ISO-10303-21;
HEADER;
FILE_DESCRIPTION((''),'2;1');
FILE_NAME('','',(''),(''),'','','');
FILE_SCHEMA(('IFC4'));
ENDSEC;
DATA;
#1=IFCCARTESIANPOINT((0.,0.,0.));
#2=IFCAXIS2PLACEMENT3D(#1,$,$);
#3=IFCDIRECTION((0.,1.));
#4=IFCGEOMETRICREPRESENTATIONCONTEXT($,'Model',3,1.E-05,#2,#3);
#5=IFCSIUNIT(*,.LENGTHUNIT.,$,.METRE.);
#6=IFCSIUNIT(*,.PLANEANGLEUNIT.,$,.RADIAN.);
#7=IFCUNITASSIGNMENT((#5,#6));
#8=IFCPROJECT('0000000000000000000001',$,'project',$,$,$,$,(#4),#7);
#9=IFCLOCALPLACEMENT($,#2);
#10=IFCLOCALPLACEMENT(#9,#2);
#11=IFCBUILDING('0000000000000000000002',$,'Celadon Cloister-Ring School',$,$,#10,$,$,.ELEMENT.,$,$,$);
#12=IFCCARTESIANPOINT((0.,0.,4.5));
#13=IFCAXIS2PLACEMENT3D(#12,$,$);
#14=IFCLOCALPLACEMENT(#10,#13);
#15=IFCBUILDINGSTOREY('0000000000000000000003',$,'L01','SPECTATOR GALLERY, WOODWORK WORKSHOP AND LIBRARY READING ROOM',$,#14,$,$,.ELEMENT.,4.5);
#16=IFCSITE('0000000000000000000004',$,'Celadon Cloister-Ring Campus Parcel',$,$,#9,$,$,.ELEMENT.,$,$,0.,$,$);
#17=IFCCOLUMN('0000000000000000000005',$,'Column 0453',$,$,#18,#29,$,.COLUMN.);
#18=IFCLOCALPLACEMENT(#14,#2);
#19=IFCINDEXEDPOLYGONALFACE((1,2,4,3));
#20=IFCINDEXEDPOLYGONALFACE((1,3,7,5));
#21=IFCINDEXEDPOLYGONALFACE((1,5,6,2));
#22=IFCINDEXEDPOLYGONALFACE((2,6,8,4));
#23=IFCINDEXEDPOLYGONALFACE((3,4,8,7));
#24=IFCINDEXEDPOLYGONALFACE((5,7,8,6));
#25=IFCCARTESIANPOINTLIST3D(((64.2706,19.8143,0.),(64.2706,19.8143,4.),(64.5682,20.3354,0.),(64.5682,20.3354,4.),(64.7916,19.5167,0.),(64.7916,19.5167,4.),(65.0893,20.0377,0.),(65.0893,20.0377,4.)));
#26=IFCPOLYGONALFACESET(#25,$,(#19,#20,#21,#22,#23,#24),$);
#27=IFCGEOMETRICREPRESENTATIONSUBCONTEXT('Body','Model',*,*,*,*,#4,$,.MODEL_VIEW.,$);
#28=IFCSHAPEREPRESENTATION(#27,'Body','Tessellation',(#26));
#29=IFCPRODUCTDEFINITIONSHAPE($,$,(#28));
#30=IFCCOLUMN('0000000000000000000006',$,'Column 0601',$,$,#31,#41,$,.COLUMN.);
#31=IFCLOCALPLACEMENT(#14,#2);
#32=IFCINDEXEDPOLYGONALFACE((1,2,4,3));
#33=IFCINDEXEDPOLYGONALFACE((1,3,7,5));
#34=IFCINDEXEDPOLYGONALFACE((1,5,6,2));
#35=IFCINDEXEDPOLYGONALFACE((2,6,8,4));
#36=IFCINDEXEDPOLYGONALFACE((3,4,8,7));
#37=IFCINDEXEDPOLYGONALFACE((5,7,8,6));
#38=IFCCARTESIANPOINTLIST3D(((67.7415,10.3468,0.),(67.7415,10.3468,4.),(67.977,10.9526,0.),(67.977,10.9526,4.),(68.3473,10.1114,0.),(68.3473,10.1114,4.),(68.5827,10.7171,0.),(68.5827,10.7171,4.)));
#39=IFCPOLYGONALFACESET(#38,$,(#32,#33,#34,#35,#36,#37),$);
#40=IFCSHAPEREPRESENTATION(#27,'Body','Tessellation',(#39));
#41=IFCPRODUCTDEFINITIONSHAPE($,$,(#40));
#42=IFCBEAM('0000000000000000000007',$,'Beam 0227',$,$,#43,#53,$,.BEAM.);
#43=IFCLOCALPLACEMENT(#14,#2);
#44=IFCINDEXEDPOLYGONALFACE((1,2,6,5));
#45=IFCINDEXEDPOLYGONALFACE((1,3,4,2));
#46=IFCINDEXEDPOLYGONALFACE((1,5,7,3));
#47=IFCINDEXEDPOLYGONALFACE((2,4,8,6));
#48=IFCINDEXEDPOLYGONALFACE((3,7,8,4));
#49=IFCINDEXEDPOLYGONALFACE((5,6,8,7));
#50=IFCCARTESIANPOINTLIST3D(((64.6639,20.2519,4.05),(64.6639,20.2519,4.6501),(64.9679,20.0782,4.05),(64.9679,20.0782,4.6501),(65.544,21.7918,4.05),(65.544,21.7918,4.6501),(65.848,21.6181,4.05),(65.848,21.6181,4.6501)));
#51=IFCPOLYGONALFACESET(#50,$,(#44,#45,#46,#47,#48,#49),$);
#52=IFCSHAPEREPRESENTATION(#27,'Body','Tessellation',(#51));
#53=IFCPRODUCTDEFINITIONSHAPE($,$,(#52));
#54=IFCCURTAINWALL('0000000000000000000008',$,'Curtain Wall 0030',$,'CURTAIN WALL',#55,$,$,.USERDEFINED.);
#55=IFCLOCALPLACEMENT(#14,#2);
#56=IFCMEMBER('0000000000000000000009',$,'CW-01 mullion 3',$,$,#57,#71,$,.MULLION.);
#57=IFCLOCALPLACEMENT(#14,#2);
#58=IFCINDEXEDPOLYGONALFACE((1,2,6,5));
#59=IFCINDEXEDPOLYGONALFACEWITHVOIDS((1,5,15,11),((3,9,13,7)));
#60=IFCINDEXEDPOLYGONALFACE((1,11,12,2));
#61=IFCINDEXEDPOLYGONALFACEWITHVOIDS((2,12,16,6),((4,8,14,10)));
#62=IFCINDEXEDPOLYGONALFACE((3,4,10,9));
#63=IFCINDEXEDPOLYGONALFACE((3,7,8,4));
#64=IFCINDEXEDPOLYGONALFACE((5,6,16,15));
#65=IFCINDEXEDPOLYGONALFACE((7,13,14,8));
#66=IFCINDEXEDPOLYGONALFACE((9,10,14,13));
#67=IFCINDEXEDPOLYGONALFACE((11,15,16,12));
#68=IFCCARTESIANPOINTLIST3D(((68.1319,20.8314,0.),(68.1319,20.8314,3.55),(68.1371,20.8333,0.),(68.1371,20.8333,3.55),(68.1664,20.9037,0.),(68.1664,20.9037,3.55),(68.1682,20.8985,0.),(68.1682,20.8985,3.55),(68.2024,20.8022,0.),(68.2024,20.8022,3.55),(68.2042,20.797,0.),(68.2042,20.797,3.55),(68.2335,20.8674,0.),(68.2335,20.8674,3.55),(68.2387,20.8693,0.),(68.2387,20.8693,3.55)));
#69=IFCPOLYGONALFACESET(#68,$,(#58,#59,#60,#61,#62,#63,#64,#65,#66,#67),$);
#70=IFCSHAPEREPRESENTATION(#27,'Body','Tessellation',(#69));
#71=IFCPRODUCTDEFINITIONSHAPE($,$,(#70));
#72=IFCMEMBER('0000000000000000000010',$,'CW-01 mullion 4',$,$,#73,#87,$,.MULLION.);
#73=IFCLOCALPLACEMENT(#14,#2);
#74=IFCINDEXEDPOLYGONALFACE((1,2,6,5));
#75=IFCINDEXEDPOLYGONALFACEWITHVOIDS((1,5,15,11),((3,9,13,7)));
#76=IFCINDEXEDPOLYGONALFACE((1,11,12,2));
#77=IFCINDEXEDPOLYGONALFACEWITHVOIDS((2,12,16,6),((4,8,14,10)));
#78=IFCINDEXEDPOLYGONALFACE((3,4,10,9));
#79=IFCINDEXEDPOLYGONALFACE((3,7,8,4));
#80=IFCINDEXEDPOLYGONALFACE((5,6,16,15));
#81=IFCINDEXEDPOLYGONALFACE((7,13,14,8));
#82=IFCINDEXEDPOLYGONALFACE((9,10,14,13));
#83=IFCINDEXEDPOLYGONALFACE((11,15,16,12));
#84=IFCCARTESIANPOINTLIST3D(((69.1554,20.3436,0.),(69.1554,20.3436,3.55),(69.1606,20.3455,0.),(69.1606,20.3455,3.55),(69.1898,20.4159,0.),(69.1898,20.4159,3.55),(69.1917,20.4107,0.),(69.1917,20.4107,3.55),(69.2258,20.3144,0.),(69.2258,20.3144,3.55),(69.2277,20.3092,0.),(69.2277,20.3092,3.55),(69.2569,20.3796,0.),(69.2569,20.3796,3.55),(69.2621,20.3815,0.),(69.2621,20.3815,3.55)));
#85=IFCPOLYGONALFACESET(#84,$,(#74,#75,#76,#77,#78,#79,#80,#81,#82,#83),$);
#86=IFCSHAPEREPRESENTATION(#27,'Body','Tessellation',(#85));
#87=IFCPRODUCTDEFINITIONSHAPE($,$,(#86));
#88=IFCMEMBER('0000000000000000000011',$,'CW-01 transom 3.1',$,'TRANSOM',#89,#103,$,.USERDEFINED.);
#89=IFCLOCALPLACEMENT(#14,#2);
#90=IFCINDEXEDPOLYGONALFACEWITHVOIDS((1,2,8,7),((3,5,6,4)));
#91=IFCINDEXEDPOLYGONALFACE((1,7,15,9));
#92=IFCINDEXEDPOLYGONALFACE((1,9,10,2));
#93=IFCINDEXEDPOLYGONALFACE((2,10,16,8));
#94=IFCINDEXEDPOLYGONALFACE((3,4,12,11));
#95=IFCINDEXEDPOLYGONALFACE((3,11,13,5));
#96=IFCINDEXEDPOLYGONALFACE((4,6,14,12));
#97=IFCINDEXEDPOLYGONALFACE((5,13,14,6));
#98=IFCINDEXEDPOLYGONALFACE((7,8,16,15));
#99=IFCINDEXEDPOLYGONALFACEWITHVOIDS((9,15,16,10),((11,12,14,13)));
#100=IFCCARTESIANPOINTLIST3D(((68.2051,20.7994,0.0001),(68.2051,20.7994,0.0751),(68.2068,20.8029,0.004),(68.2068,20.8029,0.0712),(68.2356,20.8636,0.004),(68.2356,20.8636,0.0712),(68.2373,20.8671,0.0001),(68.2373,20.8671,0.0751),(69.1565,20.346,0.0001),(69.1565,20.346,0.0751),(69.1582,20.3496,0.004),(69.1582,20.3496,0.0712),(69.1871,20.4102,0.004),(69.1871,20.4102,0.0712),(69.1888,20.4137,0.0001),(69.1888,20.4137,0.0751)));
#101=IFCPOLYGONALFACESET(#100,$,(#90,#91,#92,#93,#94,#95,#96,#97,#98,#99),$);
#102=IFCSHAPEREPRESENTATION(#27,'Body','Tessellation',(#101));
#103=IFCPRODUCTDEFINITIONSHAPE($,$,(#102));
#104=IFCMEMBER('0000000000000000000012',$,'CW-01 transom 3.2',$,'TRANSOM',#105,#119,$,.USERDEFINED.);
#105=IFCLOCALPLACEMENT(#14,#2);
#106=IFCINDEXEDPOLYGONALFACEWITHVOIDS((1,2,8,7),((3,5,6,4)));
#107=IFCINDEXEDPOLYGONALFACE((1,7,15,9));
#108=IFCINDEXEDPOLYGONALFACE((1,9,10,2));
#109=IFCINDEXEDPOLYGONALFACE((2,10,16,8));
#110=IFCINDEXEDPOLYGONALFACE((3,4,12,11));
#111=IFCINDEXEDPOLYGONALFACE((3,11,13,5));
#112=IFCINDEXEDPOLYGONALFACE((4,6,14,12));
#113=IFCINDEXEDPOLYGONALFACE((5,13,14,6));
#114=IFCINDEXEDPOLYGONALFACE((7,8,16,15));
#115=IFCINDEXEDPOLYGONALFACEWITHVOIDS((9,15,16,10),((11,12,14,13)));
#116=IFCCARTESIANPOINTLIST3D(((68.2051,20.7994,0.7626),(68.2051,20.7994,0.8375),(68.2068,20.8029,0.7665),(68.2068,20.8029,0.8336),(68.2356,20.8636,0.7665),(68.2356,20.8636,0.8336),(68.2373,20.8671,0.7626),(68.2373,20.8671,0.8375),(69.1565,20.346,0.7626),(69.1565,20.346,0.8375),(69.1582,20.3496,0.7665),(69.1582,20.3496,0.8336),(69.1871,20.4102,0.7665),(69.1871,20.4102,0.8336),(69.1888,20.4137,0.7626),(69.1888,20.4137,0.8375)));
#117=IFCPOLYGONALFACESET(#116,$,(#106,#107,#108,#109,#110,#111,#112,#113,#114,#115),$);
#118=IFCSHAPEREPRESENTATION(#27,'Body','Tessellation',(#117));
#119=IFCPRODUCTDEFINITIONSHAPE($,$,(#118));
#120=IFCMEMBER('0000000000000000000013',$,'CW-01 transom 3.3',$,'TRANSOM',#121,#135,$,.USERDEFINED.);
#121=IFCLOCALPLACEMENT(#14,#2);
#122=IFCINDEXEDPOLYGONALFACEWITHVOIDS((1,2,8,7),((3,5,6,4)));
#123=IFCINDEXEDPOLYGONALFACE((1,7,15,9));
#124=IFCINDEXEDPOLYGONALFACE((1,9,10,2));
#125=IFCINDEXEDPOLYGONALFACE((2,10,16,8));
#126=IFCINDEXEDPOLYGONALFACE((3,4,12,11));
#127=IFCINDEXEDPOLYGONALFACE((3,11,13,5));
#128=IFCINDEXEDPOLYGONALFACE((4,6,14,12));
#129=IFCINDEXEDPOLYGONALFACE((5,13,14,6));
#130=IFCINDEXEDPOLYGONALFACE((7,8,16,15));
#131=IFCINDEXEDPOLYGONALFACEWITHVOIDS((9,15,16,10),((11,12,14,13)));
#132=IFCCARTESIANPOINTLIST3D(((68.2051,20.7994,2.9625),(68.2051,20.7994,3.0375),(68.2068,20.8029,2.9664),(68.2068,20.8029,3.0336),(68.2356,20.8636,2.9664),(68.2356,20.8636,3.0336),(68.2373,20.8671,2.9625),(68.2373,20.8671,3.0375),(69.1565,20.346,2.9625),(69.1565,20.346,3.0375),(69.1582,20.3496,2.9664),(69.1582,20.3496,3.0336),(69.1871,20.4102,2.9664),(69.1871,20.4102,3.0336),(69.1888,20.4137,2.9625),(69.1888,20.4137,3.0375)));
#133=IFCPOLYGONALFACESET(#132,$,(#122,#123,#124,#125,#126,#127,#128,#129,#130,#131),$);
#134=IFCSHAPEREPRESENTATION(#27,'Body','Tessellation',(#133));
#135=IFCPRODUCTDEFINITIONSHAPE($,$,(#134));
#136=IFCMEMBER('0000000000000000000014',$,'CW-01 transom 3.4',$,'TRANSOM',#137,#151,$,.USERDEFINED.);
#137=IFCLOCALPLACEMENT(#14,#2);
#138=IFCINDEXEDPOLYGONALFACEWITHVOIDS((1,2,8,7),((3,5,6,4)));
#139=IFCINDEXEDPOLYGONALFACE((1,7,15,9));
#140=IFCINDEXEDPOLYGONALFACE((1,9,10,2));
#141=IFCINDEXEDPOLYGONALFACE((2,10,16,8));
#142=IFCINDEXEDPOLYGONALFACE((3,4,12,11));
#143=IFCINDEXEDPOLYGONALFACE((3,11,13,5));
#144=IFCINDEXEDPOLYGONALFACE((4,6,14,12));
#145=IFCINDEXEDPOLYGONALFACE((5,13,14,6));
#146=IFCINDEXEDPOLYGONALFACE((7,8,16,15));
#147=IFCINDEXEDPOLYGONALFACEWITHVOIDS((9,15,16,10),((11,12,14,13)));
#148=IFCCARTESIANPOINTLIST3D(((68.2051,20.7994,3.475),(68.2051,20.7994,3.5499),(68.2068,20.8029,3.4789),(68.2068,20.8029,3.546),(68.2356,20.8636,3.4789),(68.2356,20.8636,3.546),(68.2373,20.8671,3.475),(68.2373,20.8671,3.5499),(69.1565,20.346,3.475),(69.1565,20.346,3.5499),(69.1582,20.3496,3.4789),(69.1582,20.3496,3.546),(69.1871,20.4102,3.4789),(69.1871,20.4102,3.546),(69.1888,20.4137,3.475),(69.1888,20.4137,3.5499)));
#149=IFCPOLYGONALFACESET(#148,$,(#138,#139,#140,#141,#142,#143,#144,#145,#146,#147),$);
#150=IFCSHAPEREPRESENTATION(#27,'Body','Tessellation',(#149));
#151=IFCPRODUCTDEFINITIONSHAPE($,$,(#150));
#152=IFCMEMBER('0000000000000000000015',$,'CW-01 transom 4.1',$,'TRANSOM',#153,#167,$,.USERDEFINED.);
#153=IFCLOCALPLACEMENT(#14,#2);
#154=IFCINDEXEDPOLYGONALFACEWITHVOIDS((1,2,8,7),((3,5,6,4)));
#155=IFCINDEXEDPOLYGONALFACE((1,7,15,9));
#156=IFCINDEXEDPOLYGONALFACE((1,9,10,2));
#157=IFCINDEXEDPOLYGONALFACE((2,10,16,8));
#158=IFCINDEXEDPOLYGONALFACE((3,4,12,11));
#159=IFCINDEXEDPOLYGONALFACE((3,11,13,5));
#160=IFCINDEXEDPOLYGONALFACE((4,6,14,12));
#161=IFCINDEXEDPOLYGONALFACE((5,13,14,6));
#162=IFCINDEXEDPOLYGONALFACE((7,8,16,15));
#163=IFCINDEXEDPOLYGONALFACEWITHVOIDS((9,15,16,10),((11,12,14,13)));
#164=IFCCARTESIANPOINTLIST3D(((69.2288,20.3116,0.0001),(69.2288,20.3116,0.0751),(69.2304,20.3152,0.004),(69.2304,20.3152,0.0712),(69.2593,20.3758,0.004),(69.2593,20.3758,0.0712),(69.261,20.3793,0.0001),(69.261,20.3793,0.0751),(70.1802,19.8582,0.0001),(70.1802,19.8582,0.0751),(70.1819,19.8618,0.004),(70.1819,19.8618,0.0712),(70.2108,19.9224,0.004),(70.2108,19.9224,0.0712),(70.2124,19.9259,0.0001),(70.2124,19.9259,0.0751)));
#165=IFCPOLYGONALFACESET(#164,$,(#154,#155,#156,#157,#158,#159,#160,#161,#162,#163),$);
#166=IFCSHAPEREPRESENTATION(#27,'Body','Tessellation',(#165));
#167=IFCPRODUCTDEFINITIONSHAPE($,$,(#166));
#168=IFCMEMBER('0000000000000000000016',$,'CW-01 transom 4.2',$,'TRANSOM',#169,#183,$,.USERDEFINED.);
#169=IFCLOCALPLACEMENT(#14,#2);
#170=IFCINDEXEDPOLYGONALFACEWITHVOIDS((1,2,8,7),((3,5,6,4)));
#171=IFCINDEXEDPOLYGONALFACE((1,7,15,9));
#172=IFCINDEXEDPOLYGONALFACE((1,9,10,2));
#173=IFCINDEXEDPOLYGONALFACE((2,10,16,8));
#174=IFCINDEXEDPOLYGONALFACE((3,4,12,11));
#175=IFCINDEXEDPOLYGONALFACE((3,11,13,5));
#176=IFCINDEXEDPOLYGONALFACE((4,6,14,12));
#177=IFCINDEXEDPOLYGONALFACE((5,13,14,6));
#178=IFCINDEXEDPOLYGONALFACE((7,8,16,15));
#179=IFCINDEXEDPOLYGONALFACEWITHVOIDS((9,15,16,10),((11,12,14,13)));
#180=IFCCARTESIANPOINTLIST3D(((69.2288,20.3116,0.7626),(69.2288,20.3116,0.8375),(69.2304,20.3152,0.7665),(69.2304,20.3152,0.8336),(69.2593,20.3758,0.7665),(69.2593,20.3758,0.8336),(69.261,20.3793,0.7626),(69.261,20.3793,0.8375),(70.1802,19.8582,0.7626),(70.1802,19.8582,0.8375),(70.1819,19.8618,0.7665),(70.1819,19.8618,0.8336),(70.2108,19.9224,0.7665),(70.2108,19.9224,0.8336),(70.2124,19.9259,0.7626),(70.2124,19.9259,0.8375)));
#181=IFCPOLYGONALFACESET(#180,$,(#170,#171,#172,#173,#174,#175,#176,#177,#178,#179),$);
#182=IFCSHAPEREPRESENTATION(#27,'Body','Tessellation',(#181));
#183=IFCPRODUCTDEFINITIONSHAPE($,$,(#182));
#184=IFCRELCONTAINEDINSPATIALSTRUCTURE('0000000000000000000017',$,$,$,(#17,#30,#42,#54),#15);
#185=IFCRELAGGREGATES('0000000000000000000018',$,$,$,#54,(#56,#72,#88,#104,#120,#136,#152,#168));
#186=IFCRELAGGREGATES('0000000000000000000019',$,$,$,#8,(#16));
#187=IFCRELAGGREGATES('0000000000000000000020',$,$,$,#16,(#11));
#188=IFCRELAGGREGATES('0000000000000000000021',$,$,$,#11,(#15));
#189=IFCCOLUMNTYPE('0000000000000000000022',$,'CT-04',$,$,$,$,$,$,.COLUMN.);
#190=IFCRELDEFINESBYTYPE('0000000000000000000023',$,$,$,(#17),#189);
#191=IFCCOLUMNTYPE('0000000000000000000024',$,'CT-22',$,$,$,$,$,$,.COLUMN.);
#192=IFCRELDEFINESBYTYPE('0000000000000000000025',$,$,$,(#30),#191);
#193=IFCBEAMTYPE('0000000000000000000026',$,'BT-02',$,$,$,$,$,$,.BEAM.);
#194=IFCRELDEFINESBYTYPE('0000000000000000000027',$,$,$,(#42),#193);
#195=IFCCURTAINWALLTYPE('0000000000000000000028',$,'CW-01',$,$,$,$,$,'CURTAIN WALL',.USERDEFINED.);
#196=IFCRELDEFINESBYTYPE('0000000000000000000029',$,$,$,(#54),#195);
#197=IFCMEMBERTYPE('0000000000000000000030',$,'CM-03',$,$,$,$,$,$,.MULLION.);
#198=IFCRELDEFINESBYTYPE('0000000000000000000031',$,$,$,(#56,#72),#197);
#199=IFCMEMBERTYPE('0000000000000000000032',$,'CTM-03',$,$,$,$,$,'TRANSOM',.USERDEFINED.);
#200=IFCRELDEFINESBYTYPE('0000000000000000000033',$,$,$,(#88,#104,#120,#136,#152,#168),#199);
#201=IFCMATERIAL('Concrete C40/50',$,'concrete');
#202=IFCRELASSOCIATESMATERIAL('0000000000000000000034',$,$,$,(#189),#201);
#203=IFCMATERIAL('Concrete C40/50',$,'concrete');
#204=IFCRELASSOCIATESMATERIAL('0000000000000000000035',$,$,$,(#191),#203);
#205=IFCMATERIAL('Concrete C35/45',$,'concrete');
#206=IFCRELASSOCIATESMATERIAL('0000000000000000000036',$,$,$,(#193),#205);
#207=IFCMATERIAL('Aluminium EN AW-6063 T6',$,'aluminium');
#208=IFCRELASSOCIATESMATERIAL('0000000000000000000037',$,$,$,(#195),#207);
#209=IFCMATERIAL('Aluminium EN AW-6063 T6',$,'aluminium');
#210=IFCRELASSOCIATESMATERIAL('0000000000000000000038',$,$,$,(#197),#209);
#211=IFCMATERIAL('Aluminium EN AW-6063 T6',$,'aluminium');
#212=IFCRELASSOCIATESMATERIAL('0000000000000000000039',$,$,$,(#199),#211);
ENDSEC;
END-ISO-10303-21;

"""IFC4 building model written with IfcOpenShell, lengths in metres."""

from ifc_helpers import new_model, si_unit, direction, frame, origin, origin_2d, place, context, subcontext, project, spatial, rectangle, hollow_rectangle, extrude, material, material_profile, profile_set, type_object, element, aggregate, save


model = new_model("IFC4")

# Units and contexts
model_context = context("Model", 3, precision=1e-05, world=origin(), true_north=direction((0.0, 1.0)))
body_context = subcontext(model_context, "Body", "Model", "MODEL_VIEW")
ifc_project = project(units=[si_unit("LENGTHUNIT", "METRE"), si_unit("PLANEANGLEUNIT", "RADIAN")], contexts=[model_context])

# Site, building, storey
site_placement = place(None, origin())
site = spatial("IfcSite", under=ifc_project, at=site_placement, Name="Celadon Cloister-Ring Campus Parcel", CompositionType="ELEMENT", RefElevation=0.0)
building_placement = place(site_placement, origin())
building = spatial("IfcBuilding", under=site, at=building_placement, Name="Celadon Cloister-Ring School", CompositionType="ELEMENT")
storey_placement = place(building_placement, frame((0.0, 0.0, 4.5)))
storey = spatial("IfcBuildingStorey", under=building, at=storey_placement, Name="L01", Description="SPECTATOR GALLERY, WOODWORK WORKSHOP AND LIBRARY READING ROOM", CompositionType="ELEMENT", Elevation=4.5)

# Columns
ifc_material_1 = material(Name="Concrete C40/50", Category="concrete")
ifc_material_profile_1 = material_profile(ifc_material_1, rectangle(XDim=0.6001, YDim=0.6001, at=origin_2d()), Name="RC600X600")
ifc_profile_set_1 = profile_set([ifc_material_profile_1], Name="Concrete C40/50")
column_type_1 = type_object("IfcColumnType", Name="CT-04", PredefinedType="COLUMN", material=ifc_profile_set_1)
column_1_placement = place(storey_placement, frame((64.6799, 19.926, 0.0), z_axis=(0.0, 0.0, 1.0), x_axis=(-0.496004, -0.86832, 0.0)))
element("IfcColumn", 1, at=column_1_placement, inside=storey, type_object=column_type_1, Name="Column 0453", PredefinedType="COLUMN", context=body_context, shape_type="SweptSolid", body=[
    extrude(rectangle(XDim=0.6001, YDim=0.6001, at=origin_2d()), origin(), (0.0, 0.0, 1.0), 4.0),
])
ifc_material_2 = material(Name="Concrete C40/50", Category="concrete")
ifc_material_profile_2 = material_profile(ifc_material_2, rectangle(XDim=0.6499, YDim=0.6499, at=origin_2d()), Name="RC650X650")
ifc_profile_set_2 = profile_set([ifc_material_profile_2], Name="Concrete C40/50")
column_type_2 = type_object("IfcColumnType", Name="CT-22", PredefinedType="COLUMN", material=ifc_profile_set_2)
column_2_placement = place(storey_placement, frame((68.1621, 10.532, 0.0), z_axis=(0.0, 0.0, 1.0), x_axis=(-0.362275, -0.932071, 0.0)))
element("IfcColumn", 2, at=column_2_placement, inside=storey, type_object=column_type_2, Name="Column 0601", PredefinedType="COLUMN", context=body_context, shape_type="SweptSolid", body=[
    extrude(rectangle(XDim=0.6499, YDim=0.6499, at=origin_2d()), origin(), (0.0, 0.0, 1.0), 4.0),
])

# Beam
ifc_material_3 = material(Name="Concrete C35/45", Category="concrete")
ifc_material_profile_3 = material_profile(ifc_material_3, rectangle(XDim=0.3501, YDim=0.6001, at=origin_2d()), Name="RC350X600")
ifc_profile_set_3 = profile_set([ifc_material_profile_3], Name="Concrete C35/45")
beam_type_1 = type_object("IfcBeamType", Name="BT-02", PredefinedType="BEAM", material=ifc_profile_set_3)
beam_1_placement = place(storey_placement, frame((64.8159, 20.165, 4.3501), z_axis=(0.496183, 0.868218, 0.0), x_axis=(-0.868218, 0.496183, 0.0)))
element("IfcBeam", 3, at=beam_1_placement, inside=storey, type_object=beam_type_1, Name="Beam 0227", PredefinedType="BEAM", context=body_context, shape_type="SweptSolid", body=[
    extrude(rectangle(XDim=0.3501, YDim=0.6001, at=origin_2d()), origin(), (0.0, 0.0, 1.0), 1.7737),
])

# Curtain wall, members
ifc_material_4 = material(Name="Aluminium EN AW-6063 T6", Category="aluminium")
curtain_wall_type = type_object("IfcCurtainWallType", Name="CW-01", ElementType="CURTAIN WALL", PredefinedType="USERDEFINED", material=ifc_material_4)
curtain_wall_placement = place(storey_placement, origin())
curtain_wall = element("IfcCurtainWall", 4, at=curtain_wall_placement, inside=storey, type_object=curtain_wall_type, Name="Curtain Wall 0030", ObjectType="CURTAIN WALL", PredefinedType="USERDEFINED")
ifc_material_5 = material(Name="Aluminium EN AW-6063 T6", Category="aluminium")
ifc_material_profile_4 = material_profile(ifc_material_5, hollow_rectangle(XDim=0.0801, YDim=0.0801, WallThickness=0.0039, at=origin_2d()), Name="RHS80X80X4")
ifc_profile_set_4 = profile_set([ifc_material_profile_4], Name="Aluminium EN AW-6063 T6")
member_type_1 = type_object("IfcMemberType", Name="CM-03", PredefinedType="MULLION", material=ifc_profile_set_4)
member_1_placement = place(storey_placement, frame((68.1853, 20.8503, 0.0), z_axis=(0.0, 0.0, 1.0), x_axis=(0.430201, 0.902733, 0.0)))
member_1 = element("IfcMember", 5, at=member_1_placement, type_object=member_type_1, Name="CW-01 mullion 3", PredefinedType="MULLION", context=body_context, shape_type="SweptSolid", body=[
    extrude(hollow_rectangle(XDim=0.0801, YDim=0.0801, WallThickness=0.0039, at=origin_2d()), origin(), (0.0, 0.0, 1.0), 3.55),
])
member_2_placement = place(storey_placement, frame((69.2087, 20.3625, 0.0), z_axis=(0.0, 0.0, 1.0), x_axis=(0.430201, 0.902733, 0.0)))
member_2 = element("IfcMember", 6, at=member_2_placement, type_object=member_type_1, Name="CW-01 mullion 4", PredefinedType="MULLION", context=body_context, shape_type="SweptSolid", body=[
    extrude(hollow_rectangle(XDim=0.0801, YDim=0.0801, WallThickness=0.0039, at=origin_2d()), origin(), (0.0, 0.0, 1.0), 3.55),
])
ifc_material_6 = material(Name="Aluminium EN AW-6063 T6", Category="aluminium")
ifc_material_profile_5 = material_profile(ifc_material_6, hollow_rectangle(XDim=0.075, YDim=0.075, WallThickness=0.0039, at=origin_2d()), Name="RHS75X75X4")
ifc_profile_set_5 = profile_set([ifc_material_profile_5], Name="Aluminium EN AW-6063 T6")
member_type_2 = type_object("IfcMemberType", Name="CTM-03", ElementType="TRANSOM", PredefinedType="USERDEFINED", material=ifc_profile_set_5)
member_3_placement = place(storey_placement, frame((68.2212, 20.8333, 0.0376), z_axis=(0.902745, -0.430176, 0.0), x_axis=(0.430176, 0.902745, 0.0)))
member_3 = element("IfcMember", 7, at=member_3_placement, type_object=member_type_2, Name="CW-01 transom 3.1", ObjectType="TRANSOM", PredefinedType="USERDEFINED", context=body_context, shape_type="SweptSolid", body=[
    extrude(hollow_rectangle(XDim=0.075, YDim=0.075, WallThickness=0.0039, at=origin_2d()), origin(), (0.0, 0.0, 1.0), 1.054),
])
member_4_placement = place(storey_placement, frame((68.2212, 20.8333, 0.8), z_axis=(0.902745, -0.430176, 0.0), x_axis=(0.430176, 0.902745, 0.0)))
member_4 = element("IfcMember", 8, at=member_4_placement, type_object=member_type_2, Name="CW-01 transom 3.2", ObjectType="TRANSOM", PredefinedType="USERDEFINED", context=body_context, shape_type="SweptSolid", body=[
    extrude(hollow_rectangle(XDim=0.075, YDim=0.075, WallThickness=0.0039, at=origin_2d()), origin(), (0.0, 0.0, 1.0), 1.054),
])
member_5_placement = place(storey_placement, frame((68.2212, 20.8333, 3.0), z_axis=(0.902745, -0.430176, 0.0), x_axis=(0.430176, 0.902745, 0.0)))
member_5 = element("IfcMember", 9, at=member_5_placement, type_object=member_type_2, Name="CW-01 transom 3.3", ObjectType="TRANSOM", PredefinedType="USERDEFINED", context=body_context, shape_type="SweptSolid", body=[
    extrude(hollow_rectangle(XDim=0.075, YDim=0.075, WallThickness=0.0039, at=origin_2d()), origin(), (0.0, 0.0, 1.0), 1.054),
])
member_6_placement = place(storey_placement, frame((68.2212, 20.8333, 3.5125), z_axis=(0.902745, -0.430176, 0.0), x_axis=(0.430176, 0.902745, 0.0)))
member_6 = element("IfcMember", 10, at=member_6_placement, type_object=member_type_2, Name="CW-01 transom 3.4", ObjectType="TRANSOM", PredefinedType="USERDEFINED", context=body_context, shape_type="SweptSolid", body=[
    extrude(hollow_rectangle(XDim=0.075, YDim=0.075, WallThickness=0.0039, at=origin_2d()), origin(), (0.0, 0.0, 1.0), 1.054),
])
member_7_placement = place(storey_placement, frame((69.2449, 20.3455, 0.0376), z_axis=(0.902745, -0.430176, 0.0), x_axis=(0.430176, 0.902745, 0.0)))
member_7 = element("IfcMember", 11, at=member_7_placement, type_object=member_type_2, Name="CW-01 transom 4.1", ObjectType="TRANSOM", PredefinedType="USERDEFINED", context=body_context, shape_type="SweptSolid", body=[
    extrude(hollow_rectangle(XDim=0.075, YDim=0.075, WallThickness=0.0039, at=origin_2d()), origin(), (0.0, 0.0, 1.0), 1.054),
])
member_8_placement = place(storey_placement, frame((69.2449, 20.3455, 0.8), z_axis=(0.902745, -0.430176, 0.0), x_axis=(0.430176, 0.902745, 0.0)))
member_8 = element("IfcMember", 12, at=member_8_placement, type_object=member_type_2, Name="CW-01 transom 4.2", ObjectType="TRANSOM", PredefinedType="USERDEFINED", context=body_context, shape_type="SweptSolid", body=[
    extrude(hollow_rectangle(XDim=0.075, YDim=0.075, WallThickness=0.0039, at=origin_2d()), origin(), (0.0, 0.0, 1.0), 1.054),
])

aggregate(curtain_wall, [member_1, member_2, member_3, member_4, member_5, member_6, member_7, member_8])

save(model, "model.ifc")
